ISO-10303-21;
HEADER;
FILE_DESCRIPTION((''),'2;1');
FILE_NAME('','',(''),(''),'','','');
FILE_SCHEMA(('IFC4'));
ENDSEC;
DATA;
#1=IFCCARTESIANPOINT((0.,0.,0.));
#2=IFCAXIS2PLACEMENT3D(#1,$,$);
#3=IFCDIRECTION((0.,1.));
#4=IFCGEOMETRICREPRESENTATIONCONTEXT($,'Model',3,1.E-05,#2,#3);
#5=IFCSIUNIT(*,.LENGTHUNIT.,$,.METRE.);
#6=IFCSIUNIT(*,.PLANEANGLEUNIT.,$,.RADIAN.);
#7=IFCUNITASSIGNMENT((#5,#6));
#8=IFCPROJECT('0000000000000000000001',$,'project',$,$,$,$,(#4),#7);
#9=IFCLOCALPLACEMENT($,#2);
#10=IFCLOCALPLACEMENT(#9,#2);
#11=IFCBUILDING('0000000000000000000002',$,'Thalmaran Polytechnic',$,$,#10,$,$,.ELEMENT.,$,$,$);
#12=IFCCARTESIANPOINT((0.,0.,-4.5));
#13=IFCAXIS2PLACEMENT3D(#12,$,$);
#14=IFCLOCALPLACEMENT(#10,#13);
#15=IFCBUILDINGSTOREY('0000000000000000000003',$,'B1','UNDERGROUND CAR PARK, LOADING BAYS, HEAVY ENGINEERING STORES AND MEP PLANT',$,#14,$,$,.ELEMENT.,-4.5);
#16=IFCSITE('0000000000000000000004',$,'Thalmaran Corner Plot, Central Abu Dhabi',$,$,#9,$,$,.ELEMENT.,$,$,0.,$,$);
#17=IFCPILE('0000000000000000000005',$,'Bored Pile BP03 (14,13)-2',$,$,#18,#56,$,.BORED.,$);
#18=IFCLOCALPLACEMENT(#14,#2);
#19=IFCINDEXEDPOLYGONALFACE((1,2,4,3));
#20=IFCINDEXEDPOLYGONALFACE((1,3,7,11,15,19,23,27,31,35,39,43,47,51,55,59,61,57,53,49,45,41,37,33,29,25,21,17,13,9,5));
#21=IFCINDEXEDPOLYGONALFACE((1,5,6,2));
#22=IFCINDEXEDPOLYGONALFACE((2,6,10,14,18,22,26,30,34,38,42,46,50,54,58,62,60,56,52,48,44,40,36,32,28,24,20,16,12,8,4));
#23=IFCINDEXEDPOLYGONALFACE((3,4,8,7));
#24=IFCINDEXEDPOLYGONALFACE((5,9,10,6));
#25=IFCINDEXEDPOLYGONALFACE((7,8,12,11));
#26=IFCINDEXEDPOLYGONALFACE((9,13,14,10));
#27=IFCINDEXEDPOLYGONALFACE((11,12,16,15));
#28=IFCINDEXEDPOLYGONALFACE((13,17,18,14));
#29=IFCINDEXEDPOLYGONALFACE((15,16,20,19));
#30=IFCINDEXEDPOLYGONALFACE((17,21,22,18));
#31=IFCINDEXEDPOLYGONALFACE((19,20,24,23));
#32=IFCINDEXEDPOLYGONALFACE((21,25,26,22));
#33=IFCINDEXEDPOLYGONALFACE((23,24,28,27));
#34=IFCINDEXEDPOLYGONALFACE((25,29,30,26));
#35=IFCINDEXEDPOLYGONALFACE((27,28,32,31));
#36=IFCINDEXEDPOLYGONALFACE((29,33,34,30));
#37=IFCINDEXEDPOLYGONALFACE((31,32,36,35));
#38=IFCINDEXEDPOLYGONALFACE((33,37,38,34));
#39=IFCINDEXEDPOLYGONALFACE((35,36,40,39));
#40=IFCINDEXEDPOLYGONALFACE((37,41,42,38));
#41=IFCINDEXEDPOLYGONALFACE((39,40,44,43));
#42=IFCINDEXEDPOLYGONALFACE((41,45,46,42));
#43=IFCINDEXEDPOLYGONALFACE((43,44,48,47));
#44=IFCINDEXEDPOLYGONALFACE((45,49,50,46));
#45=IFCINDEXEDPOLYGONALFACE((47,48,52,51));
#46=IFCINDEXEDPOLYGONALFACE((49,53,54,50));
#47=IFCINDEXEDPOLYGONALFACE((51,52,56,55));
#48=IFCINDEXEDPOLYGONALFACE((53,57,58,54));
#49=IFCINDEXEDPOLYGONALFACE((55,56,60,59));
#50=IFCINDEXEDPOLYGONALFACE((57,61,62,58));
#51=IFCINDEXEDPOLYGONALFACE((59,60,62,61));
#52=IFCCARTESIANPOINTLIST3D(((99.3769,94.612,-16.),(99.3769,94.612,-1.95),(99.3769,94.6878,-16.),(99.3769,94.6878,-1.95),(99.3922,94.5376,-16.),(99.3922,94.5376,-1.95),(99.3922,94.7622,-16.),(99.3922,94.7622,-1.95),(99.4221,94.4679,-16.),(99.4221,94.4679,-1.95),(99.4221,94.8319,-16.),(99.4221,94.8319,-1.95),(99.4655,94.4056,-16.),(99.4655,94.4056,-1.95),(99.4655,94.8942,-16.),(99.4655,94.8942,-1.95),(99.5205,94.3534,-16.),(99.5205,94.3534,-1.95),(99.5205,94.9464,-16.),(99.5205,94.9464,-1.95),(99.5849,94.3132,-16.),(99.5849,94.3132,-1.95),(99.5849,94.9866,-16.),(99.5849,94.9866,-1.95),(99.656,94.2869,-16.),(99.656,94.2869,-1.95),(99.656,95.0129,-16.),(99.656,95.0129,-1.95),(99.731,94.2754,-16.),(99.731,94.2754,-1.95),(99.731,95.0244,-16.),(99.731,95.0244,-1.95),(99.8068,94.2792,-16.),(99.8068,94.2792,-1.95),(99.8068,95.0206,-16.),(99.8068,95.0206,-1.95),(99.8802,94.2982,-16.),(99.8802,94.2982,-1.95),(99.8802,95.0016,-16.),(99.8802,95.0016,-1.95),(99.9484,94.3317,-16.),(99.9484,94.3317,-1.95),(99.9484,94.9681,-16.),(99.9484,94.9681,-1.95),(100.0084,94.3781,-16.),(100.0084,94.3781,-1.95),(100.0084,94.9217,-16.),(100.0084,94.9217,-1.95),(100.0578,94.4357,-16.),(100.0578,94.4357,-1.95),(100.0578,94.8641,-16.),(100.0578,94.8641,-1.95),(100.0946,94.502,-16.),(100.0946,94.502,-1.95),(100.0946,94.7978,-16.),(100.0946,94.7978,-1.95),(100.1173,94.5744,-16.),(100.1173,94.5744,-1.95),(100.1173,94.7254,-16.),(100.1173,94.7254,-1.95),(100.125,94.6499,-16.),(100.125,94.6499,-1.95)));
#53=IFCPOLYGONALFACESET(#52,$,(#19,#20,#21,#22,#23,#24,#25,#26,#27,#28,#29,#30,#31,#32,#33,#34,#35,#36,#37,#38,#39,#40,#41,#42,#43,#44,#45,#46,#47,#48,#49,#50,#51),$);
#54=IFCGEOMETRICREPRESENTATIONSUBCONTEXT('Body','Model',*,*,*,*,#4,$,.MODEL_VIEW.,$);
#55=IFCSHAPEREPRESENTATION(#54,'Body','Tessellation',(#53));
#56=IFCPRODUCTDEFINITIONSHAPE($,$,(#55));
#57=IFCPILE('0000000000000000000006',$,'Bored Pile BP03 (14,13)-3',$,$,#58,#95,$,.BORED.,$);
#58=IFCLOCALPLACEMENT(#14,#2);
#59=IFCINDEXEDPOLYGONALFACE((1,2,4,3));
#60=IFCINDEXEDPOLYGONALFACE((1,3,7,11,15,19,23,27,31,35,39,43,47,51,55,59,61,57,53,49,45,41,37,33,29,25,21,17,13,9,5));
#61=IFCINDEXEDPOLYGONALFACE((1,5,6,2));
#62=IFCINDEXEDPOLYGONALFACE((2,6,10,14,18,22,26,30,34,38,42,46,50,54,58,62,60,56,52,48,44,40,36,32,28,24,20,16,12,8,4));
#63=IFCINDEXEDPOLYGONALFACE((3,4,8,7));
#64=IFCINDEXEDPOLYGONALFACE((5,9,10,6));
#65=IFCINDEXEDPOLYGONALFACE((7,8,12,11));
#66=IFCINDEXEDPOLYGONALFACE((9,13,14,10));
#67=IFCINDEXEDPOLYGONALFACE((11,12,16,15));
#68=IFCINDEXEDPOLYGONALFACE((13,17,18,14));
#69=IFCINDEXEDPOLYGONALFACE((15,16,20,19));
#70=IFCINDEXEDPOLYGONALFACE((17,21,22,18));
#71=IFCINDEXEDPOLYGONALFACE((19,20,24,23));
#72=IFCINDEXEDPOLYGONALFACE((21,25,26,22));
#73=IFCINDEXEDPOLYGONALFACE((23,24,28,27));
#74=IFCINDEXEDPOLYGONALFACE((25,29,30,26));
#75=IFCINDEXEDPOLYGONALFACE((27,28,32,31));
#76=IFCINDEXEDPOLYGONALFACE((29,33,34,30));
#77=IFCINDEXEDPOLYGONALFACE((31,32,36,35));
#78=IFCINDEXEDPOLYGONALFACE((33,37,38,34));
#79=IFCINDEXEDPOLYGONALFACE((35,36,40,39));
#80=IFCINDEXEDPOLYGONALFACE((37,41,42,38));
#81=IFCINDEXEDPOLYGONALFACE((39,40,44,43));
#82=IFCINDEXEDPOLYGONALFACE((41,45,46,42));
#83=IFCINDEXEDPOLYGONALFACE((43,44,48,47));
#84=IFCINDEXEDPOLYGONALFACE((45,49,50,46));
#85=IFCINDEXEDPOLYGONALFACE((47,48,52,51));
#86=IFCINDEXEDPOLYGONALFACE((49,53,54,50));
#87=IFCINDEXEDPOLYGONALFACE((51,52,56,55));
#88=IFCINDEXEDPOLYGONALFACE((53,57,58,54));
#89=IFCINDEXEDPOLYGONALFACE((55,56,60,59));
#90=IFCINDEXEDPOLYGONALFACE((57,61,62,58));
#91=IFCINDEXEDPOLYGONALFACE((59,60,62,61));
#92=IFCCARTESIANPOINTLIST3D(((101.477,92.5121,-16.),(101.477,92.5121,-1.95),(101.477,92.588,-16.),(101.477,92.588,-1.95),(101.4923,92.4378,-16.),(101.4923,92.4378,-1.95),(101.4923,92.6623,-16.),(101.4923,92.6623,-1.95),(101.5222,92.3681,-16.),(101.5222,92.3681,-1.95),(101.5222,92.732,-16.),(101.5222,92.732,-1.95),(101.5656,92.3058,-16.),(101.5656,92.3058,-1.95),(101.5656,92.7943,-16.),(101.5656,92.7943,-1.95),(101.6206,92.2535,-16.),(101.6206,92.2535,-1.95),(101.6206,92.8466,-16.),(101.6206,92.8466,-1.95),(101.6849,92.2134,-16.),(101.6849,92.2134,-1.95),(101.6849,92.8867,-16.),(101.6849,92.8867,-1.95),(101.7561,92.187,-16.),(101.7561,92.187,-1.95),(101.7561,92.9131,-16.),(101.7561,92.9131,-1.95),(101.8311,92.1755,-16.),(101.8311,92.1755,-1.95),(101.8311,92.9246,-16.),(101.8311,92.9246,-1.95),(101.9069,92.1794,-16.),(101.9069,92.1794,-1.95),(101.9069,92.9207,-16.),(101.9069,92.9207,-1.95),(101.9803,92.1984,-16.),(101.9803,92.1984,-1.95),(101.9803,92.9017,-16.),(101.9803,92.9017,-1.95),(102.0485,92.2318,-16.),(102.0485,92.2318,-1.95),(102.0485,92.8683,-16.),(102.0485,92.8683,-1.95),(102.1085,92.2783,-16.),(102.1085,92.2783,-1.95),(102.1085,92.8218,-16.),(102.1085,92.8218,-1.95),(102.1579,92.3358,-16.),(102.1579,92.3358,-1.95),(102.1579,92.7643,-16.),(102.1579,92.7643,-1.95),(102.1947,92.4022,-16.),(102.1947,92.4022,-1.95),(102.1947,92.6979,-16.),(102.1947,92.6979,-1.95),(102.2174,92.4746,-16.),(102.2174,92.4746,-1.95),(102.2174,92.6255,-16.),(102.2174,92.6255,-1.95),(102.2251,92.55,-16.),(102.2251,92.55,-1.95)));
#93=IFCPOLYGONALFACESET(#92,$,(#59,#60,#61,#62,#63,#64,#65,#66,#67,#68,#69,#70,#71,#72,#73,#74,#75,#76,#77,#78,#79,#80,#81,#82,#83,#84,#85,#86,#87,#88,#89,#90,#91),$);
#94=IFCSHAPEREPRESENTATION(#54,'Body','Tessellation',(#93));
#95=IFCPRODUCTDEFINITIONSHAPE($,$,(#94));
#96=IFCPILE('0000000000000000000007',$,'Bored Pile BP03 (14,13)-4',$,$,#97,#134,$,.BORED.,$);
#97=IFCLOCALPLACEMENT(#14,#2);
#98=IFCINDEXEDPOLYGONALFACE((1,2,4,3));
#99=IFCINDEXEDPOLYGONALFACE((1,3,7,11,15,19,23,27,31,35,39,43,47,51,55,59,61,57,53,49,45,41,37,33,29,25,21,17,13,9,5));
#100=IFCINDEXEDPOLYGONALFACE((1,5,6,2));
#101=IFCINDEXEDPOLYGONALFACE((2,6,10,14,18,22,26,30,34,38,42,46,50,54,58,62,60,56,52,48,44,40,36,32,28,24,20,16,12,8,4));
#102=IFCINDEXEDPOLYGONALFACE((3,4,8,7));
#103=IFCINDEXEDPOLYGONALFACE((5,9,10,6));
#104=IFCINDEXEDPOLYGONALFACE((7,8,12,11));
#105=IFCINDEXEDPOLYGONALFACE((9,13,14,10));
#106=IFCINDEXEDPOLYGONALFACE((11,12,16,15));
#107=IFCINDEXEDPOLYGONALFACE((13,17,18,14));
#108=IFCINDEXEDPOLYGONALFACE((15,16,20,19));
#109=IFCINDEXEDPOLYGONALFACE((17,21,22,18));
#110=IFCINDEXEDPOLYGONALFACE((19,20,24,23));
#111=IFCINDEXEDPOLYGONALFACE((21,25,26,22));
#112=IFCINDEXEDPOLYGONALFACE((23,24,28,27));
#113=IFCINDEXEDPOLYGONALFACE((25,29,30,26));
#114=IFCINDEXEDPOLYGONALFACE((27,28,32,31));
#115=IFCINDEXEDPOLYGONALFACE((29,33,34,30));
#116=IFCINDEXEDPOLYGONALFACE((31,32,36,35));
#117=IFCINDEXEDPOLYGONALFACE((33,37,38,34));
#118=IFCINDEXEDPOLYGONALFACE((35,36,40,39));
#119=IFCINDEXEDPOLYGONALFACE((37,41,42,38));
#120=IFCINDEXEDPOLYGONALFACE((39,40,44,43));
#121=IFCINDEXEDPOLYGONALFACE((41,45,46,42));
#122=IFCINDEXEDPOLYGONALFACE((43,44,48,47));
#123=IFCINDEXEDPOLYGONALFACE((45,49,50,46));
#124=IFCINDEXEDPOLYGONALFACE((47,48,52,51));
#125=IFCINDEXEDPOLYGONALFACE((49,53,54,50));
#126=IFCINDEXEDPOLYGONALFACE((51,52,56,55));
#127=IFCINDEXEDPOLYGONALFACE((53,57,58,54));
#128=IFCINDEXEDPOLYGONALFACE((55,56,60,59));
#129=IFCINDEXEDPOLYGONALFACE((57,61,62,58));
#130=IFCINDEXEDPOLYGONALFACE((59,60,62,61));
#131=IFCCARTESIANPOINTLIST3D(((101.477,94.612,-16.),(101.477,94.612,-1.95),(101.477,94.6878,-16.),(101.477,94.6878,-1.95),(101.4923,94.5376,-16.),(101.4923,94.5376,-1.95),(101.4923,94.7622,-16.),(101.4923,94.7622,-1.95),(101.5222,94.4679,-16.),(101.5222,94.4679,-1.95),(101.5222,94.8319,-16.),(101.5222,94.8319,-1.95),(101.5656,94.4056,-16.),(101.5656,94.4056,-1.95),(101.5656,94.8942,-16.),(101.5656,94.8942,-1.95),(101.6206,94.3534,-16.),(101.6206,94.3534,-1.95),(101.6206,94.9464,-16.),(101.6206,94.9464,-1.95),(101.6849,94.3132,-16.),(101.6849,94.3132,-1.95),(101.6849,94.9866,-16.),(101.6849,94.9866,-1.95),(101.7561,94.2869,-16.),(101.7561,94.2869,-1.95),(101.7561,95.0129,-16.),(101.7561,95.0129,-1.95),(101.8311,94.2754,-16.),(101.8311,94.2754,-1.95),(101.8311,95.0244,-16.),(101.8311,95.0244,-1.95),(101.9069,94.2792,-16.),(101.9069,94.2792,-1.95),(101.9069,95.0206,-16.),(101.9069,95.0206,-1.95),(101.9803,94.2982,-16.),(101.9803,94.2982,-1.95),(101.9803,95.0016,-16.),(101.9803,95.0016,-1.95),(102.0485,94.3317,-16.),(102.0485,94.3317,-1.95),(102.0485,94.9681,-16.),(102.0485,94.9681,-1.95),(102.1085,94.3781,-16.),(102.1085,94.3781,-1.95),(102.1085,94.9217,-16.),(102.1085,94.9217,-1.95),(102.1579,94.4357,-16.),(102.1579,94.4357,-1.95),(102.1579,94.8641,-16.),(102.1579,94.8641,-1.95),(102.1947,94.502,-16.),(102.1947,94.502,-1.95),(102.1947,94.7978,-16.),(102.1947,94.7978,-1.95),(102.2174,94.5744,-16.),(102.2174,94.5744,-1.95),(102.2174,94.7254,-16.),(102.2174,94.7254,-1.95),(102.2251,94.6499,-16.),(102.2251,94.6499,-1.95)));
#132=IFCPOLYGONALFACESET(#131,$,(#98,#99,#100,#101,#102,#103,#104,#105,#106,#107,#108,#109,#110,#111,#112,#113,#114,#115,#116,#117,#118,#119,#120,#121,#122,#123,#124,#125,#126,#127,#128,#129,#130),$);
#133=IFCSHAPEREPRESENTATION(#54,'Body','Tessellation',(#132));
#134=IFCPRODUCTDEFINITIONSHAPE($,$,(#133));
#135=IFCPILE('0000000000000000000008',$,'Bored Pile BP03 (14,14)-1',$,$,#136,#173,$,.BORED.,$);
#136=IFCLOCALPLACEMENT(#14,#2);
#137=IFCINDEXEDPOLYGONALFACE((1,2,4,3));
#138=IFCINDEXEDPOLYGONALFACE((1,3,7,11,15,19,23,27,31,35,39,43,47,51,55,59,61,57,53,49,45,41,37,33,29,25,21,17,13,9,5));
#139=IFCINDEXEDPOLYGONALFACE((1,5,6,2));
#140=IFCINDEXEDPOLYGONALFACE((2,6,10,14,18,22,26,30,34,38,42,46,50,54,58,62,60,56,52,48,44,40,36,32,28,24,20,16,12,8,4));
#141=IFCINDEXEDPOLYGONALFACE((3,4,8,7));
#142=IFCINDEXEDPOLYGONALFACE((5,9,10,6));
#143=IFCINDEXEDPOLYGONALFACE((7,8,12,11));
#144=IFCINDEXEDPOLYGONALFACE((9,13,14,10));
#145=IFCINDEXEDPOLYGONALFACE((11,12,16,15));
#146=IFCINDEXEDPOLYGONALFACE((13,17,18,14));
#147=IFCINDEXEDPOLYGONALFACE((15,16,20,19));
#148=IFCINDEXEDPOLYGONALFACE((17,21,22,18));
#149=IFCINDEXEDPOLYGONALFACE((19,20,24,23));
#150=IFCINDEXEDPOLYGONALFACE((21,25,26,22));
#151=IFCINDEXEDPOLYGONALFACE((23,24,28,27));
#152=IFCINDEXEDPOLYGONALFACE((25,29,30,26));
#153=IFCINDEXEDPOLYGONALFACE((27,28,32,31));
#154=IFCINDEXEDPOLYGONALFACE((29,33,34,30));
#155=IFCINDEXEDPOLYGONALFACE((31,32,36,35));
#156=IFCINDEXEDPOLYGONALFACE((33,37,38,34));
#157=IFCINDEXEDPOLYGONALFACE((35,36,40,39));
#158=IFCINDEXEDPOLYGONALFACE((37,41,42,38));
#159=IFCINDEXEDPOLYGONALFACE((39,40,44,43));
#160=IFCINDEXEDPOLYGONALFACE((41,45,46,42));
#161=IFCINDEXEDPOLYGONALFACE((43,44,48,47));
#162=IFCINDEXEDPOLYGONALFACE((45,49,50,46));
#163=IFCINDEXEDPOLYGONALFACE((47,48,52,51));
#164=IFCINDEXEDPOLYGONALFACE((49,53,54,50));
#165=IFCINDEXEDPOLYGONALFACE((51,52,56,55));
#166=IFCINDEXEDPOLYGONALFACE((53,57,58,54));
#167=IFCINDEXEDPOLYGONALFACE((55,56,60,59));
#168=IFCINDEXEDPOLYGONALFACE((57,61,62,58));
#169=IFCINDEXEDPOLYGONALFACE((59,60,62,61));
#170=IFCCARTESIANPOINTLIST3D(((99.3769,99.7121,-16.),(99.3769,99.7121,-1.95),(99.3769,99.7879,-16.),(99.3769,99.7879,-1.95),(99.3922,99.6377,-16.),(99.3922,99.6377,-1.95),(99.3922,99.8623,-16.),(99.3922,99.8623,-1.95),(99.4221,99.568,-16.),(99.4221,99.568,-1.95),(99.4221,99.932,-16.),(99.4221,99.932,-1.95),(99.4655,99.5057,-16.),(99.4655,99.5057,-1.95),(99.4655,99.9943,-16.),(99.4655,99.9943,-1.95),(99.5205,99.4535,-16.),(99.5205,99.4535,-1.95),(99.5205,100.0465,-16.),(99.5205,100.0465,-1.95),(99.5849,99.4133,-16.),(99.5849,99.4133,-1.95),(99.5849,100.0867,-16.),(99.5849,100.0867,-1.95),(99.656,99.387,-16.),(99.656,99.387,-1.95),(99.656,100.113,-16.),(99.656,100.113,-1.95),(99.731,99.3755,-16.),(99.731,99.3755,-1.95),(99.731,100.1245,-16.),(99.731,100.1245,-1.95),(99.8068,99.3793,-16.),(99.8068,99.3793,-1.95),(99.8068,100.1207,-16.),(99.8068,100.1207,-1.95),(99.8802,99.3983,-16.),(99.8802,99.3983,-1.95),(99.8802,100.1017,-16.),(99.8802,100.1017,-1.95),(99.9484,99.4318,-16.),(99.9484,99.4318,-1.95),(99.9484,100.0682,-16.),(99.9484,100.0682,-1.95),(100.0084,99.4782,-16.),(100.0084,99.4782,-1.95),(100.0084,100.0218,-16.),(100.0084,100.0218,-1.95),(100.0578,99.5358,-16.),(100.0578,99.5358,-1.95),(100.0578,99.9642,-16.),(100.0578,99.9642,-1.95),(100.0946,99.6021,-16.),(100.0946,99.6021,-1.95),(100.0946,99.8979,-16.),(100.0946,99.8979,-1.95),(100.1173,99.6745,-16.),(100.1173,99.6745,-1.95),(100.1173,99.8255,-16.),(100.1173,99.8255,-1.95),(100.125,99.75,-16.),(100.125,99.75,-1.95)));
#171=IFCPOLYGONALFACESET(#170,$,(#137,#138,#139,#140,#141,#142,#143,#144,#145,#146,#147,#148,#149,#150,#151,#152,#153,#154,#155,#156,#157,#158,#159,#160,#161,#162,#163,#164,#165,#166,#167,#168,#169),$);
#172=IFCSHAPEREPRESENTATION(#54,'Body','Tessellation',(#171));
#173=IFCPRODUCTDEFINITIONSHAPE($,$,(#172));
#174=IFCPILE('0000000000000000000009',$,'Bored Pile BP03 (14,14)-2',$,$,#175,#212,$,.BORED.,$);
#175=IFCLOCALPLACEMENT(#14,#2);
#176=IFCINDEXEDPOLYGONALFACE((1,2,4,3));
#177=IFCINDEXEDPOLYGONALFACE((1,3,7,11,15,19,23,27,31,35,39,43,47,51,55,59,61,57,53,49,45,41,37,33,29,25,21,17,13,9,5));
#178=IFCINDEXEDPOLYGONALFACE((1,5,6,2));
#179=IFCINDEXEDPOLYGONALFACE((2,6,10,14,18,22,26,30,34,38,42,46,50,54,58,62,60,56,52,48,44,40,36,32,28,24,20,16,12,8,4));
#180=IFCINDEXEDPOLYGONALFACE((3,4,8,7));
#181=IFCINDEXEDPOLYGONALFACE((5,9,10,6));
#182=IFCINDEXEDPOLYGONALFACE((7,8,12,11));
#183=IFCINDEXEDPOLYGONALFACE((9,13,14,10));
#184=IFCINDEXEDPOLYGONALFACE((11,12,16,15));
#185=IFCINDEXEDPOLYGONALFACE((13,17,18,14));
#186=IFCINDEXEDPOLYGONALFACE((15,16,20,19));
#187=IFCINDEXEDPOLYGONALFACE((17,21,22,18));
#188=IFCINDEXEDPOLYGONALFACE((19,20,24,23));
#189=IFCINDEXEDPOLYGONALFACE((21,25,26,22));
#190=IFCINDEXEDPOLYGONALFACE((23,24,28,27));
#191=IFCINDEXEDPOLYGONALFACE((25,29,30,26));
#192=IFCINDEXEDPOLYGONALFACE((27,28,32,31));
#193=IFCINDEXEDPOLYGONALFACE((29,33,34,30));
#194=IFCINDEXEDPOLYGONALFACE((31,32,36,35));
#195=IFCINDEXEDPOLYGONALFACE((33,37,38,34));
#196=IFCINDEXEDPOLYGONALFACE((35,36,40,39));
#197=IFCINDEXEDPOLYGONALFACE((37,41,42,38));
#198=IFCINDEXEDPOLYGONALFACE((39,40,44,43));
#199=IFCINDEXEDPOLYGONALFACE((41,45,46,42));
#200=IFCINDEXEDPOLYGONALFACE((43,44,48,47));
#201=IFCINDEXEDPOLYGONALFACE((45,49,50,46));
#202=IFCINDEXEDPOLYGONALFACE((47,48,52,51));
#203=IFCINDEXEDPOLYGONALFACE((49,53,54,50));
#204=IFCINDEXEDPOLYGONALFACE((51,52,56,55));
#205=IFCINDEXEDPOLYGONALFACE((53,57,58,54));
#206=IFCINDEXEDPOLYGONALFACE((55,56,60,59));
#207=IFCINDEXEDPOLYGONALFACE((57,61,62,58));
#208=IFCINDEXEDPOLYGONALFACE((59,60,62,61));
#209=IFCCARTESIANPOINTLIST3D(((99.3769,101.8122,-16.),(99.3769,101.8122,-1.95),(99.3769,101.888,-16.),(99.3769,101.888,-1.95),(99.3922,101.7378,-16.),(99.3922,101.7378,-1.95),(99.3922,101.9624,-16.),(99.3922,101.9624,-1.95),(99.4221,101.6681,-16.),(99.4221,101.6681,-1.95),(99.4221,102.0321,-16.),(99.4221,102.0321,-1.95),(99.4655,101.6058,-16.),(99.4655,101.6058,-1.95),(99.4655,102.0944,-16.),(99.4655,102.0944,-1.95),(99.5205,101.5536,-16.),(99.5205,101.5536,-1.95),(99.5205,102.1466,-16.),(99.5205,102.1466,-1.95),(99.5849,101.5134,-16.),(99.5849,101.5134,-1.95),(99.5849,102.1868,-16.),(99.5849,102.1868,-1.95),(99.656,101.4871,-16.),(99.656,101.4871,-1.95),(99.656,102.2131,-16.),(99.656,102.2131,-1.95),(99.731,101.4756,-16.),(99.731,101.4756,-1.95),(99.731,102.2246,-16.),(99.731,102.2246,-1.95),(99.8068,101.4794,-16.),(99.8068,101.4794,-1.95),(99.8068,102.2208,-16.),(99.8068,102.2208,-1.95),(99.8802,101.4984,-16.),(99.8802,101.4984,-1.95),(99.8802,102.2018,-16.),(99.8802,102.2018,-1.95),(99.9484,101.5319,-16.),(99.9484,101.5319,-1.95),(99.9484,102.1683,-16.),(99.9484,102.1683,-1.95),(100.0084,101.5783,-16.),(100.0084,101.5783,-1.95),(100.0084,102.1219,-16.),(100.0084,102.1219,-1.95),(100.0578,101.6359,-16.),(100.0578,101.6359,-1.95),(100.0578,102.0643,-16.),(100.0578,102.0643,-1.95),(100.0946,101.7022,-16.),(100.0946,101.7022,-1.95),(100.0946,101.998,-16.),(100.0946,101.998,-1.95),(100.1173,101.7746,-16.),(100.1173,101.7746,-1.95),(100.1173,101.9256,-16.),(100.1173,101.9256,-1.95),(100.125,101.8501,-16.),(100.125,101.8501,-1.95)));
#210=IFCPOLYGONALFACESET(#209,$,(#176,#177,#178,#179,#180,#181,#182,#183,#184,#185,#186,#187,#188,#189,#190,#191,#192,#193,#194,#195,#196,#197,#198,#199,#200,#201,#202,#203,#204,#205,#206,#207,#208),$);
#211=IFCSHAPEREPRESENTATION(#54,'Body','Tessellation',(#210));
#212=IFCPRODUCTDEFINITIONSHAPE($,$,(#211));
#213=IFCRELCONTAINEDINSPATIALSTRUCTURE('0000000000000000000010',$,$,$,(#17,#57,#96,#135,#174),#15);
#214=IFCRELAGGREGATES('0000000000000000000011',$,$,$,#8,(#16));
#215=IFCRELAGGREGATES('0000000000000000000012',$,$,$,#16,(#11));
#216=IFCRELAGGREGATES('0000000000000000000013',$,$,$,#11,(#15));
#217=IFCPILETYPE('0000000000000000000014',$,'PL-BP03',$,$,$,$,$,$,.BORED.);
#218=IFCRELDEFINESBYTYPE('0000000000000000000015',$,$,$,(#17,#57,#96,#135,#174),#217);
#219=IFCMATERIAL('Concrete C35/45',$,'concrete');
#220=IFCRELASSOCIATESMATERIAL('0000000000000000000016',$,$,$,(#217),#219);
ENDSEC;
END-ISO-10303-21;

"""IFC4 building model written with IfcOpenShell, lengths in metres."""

from ifc_helpers import new_model, si_unit, direction, frame, origin, origin_2d, place, context, subcontext, project, spatial, circle, extrude, material, material_profile, profile_set, type_object, element, save


model = new_model("IFC4")

# Units and contexts
model_context = context("Model", 3, precision=1e-05, world=origin(), true_north=direction((0.0, 1.0)))
body_context = subcontext(model_context, "Body", "Model", "MODEL_VIEW")
ifc_project = project(units=[si_unit("LENGTHUNIT", "METRE"), si_unit("PLANEANGLEUNIT", "RADIAN")], contexts=[model_context])

# Site, building, storey
site_placement = place(None, origin())
site = spatial("IfcSite", under=ifc_project, at=site_placement, Name="Thalmaran Corner Plot, Central Abu Dhabi", CompositionType="ELEMENT", RefElevation=0.0)
building_placement = place(site_placement, origin())
building = spatial("IfcBuilding", under=site, at=building_placement, Name="Thalmaran Polytechnic", CompositionType="ELEMENT")
storey_placement = place(building_placement, frame((0.0, 0.0, -4.5)))
storey = spatial("IfcBuildingStorey", under=building, at=storey_placement, Name="B1", Description="UNDERGROUND CAR PARK, LOADING BAYS, HEAVY ENGINEERING STORES AND MEP PLANT", CompositionType="ELEMENT", Elevation=-4.5)

# Piles
ifc_material_1 = material(Name="Concrete C35/45", Category="concrete")
ifc_material_profile_1 = material_profile(ifc_material_1, circle(Radius=0.375, at=origin_2d()), Name="RC 750 DIA")
ifc_profile_set_1 = profile_set([ifc_material_profile_1], Name="Concrete C35/45")
pile_type = type_object("IfcPileType", Name="PL-BP03", PredefinedType="BORED", material=ifc_profile_set_1)
for number, where, z_axis, x_axis, name in (
    (1, (99.75, 94.6499, -1.95), (0.0, 0.0, -1.0), (1.0, 0.0, 0.0), "Bored Pile BP03 (14,13)-2"),
    (2, (101.8501, 92.55, -1.95), (0.0, 0.0, -1.0), (1.0, 0.0, 0.0), "Bored Pile BP03 (14,13)-3"),
    (3, (101.8501, 94.6499, -1.95), (0.0, 0.0, -1.0), (1.0, 0.0, 0.0), "Bored Pile BP03 (14,13)-4"),
    (4, (99.75, 99.75, -1.95), (0.0, 0.0, -1.0), (1.0, 0.0, 0.0), "Bored Pile BP03 (14,14)-1"),
    (5, (99.75, 101.8501, -1.95), (0.0, 0.0, -1.0), (1.0, 0.0, 0.0), "Bored Pile BP03 (14,14)-2"),
):
    element("IfcPile", number, at=place(storey_placement, frame(where, z_axis=z_axis, x_axis=x_axis)), inside=storey, type_object=pile_type, Name=name, PredefinedType="BORED", context=body_context, shape_type="SweptSolid", body=[
        extrude(circle(Radius=0.375, at=origin_2d()), origin(), (0.0, 0.0, 1.0), 14.05),
    ])

save(model, "model.ifc")
